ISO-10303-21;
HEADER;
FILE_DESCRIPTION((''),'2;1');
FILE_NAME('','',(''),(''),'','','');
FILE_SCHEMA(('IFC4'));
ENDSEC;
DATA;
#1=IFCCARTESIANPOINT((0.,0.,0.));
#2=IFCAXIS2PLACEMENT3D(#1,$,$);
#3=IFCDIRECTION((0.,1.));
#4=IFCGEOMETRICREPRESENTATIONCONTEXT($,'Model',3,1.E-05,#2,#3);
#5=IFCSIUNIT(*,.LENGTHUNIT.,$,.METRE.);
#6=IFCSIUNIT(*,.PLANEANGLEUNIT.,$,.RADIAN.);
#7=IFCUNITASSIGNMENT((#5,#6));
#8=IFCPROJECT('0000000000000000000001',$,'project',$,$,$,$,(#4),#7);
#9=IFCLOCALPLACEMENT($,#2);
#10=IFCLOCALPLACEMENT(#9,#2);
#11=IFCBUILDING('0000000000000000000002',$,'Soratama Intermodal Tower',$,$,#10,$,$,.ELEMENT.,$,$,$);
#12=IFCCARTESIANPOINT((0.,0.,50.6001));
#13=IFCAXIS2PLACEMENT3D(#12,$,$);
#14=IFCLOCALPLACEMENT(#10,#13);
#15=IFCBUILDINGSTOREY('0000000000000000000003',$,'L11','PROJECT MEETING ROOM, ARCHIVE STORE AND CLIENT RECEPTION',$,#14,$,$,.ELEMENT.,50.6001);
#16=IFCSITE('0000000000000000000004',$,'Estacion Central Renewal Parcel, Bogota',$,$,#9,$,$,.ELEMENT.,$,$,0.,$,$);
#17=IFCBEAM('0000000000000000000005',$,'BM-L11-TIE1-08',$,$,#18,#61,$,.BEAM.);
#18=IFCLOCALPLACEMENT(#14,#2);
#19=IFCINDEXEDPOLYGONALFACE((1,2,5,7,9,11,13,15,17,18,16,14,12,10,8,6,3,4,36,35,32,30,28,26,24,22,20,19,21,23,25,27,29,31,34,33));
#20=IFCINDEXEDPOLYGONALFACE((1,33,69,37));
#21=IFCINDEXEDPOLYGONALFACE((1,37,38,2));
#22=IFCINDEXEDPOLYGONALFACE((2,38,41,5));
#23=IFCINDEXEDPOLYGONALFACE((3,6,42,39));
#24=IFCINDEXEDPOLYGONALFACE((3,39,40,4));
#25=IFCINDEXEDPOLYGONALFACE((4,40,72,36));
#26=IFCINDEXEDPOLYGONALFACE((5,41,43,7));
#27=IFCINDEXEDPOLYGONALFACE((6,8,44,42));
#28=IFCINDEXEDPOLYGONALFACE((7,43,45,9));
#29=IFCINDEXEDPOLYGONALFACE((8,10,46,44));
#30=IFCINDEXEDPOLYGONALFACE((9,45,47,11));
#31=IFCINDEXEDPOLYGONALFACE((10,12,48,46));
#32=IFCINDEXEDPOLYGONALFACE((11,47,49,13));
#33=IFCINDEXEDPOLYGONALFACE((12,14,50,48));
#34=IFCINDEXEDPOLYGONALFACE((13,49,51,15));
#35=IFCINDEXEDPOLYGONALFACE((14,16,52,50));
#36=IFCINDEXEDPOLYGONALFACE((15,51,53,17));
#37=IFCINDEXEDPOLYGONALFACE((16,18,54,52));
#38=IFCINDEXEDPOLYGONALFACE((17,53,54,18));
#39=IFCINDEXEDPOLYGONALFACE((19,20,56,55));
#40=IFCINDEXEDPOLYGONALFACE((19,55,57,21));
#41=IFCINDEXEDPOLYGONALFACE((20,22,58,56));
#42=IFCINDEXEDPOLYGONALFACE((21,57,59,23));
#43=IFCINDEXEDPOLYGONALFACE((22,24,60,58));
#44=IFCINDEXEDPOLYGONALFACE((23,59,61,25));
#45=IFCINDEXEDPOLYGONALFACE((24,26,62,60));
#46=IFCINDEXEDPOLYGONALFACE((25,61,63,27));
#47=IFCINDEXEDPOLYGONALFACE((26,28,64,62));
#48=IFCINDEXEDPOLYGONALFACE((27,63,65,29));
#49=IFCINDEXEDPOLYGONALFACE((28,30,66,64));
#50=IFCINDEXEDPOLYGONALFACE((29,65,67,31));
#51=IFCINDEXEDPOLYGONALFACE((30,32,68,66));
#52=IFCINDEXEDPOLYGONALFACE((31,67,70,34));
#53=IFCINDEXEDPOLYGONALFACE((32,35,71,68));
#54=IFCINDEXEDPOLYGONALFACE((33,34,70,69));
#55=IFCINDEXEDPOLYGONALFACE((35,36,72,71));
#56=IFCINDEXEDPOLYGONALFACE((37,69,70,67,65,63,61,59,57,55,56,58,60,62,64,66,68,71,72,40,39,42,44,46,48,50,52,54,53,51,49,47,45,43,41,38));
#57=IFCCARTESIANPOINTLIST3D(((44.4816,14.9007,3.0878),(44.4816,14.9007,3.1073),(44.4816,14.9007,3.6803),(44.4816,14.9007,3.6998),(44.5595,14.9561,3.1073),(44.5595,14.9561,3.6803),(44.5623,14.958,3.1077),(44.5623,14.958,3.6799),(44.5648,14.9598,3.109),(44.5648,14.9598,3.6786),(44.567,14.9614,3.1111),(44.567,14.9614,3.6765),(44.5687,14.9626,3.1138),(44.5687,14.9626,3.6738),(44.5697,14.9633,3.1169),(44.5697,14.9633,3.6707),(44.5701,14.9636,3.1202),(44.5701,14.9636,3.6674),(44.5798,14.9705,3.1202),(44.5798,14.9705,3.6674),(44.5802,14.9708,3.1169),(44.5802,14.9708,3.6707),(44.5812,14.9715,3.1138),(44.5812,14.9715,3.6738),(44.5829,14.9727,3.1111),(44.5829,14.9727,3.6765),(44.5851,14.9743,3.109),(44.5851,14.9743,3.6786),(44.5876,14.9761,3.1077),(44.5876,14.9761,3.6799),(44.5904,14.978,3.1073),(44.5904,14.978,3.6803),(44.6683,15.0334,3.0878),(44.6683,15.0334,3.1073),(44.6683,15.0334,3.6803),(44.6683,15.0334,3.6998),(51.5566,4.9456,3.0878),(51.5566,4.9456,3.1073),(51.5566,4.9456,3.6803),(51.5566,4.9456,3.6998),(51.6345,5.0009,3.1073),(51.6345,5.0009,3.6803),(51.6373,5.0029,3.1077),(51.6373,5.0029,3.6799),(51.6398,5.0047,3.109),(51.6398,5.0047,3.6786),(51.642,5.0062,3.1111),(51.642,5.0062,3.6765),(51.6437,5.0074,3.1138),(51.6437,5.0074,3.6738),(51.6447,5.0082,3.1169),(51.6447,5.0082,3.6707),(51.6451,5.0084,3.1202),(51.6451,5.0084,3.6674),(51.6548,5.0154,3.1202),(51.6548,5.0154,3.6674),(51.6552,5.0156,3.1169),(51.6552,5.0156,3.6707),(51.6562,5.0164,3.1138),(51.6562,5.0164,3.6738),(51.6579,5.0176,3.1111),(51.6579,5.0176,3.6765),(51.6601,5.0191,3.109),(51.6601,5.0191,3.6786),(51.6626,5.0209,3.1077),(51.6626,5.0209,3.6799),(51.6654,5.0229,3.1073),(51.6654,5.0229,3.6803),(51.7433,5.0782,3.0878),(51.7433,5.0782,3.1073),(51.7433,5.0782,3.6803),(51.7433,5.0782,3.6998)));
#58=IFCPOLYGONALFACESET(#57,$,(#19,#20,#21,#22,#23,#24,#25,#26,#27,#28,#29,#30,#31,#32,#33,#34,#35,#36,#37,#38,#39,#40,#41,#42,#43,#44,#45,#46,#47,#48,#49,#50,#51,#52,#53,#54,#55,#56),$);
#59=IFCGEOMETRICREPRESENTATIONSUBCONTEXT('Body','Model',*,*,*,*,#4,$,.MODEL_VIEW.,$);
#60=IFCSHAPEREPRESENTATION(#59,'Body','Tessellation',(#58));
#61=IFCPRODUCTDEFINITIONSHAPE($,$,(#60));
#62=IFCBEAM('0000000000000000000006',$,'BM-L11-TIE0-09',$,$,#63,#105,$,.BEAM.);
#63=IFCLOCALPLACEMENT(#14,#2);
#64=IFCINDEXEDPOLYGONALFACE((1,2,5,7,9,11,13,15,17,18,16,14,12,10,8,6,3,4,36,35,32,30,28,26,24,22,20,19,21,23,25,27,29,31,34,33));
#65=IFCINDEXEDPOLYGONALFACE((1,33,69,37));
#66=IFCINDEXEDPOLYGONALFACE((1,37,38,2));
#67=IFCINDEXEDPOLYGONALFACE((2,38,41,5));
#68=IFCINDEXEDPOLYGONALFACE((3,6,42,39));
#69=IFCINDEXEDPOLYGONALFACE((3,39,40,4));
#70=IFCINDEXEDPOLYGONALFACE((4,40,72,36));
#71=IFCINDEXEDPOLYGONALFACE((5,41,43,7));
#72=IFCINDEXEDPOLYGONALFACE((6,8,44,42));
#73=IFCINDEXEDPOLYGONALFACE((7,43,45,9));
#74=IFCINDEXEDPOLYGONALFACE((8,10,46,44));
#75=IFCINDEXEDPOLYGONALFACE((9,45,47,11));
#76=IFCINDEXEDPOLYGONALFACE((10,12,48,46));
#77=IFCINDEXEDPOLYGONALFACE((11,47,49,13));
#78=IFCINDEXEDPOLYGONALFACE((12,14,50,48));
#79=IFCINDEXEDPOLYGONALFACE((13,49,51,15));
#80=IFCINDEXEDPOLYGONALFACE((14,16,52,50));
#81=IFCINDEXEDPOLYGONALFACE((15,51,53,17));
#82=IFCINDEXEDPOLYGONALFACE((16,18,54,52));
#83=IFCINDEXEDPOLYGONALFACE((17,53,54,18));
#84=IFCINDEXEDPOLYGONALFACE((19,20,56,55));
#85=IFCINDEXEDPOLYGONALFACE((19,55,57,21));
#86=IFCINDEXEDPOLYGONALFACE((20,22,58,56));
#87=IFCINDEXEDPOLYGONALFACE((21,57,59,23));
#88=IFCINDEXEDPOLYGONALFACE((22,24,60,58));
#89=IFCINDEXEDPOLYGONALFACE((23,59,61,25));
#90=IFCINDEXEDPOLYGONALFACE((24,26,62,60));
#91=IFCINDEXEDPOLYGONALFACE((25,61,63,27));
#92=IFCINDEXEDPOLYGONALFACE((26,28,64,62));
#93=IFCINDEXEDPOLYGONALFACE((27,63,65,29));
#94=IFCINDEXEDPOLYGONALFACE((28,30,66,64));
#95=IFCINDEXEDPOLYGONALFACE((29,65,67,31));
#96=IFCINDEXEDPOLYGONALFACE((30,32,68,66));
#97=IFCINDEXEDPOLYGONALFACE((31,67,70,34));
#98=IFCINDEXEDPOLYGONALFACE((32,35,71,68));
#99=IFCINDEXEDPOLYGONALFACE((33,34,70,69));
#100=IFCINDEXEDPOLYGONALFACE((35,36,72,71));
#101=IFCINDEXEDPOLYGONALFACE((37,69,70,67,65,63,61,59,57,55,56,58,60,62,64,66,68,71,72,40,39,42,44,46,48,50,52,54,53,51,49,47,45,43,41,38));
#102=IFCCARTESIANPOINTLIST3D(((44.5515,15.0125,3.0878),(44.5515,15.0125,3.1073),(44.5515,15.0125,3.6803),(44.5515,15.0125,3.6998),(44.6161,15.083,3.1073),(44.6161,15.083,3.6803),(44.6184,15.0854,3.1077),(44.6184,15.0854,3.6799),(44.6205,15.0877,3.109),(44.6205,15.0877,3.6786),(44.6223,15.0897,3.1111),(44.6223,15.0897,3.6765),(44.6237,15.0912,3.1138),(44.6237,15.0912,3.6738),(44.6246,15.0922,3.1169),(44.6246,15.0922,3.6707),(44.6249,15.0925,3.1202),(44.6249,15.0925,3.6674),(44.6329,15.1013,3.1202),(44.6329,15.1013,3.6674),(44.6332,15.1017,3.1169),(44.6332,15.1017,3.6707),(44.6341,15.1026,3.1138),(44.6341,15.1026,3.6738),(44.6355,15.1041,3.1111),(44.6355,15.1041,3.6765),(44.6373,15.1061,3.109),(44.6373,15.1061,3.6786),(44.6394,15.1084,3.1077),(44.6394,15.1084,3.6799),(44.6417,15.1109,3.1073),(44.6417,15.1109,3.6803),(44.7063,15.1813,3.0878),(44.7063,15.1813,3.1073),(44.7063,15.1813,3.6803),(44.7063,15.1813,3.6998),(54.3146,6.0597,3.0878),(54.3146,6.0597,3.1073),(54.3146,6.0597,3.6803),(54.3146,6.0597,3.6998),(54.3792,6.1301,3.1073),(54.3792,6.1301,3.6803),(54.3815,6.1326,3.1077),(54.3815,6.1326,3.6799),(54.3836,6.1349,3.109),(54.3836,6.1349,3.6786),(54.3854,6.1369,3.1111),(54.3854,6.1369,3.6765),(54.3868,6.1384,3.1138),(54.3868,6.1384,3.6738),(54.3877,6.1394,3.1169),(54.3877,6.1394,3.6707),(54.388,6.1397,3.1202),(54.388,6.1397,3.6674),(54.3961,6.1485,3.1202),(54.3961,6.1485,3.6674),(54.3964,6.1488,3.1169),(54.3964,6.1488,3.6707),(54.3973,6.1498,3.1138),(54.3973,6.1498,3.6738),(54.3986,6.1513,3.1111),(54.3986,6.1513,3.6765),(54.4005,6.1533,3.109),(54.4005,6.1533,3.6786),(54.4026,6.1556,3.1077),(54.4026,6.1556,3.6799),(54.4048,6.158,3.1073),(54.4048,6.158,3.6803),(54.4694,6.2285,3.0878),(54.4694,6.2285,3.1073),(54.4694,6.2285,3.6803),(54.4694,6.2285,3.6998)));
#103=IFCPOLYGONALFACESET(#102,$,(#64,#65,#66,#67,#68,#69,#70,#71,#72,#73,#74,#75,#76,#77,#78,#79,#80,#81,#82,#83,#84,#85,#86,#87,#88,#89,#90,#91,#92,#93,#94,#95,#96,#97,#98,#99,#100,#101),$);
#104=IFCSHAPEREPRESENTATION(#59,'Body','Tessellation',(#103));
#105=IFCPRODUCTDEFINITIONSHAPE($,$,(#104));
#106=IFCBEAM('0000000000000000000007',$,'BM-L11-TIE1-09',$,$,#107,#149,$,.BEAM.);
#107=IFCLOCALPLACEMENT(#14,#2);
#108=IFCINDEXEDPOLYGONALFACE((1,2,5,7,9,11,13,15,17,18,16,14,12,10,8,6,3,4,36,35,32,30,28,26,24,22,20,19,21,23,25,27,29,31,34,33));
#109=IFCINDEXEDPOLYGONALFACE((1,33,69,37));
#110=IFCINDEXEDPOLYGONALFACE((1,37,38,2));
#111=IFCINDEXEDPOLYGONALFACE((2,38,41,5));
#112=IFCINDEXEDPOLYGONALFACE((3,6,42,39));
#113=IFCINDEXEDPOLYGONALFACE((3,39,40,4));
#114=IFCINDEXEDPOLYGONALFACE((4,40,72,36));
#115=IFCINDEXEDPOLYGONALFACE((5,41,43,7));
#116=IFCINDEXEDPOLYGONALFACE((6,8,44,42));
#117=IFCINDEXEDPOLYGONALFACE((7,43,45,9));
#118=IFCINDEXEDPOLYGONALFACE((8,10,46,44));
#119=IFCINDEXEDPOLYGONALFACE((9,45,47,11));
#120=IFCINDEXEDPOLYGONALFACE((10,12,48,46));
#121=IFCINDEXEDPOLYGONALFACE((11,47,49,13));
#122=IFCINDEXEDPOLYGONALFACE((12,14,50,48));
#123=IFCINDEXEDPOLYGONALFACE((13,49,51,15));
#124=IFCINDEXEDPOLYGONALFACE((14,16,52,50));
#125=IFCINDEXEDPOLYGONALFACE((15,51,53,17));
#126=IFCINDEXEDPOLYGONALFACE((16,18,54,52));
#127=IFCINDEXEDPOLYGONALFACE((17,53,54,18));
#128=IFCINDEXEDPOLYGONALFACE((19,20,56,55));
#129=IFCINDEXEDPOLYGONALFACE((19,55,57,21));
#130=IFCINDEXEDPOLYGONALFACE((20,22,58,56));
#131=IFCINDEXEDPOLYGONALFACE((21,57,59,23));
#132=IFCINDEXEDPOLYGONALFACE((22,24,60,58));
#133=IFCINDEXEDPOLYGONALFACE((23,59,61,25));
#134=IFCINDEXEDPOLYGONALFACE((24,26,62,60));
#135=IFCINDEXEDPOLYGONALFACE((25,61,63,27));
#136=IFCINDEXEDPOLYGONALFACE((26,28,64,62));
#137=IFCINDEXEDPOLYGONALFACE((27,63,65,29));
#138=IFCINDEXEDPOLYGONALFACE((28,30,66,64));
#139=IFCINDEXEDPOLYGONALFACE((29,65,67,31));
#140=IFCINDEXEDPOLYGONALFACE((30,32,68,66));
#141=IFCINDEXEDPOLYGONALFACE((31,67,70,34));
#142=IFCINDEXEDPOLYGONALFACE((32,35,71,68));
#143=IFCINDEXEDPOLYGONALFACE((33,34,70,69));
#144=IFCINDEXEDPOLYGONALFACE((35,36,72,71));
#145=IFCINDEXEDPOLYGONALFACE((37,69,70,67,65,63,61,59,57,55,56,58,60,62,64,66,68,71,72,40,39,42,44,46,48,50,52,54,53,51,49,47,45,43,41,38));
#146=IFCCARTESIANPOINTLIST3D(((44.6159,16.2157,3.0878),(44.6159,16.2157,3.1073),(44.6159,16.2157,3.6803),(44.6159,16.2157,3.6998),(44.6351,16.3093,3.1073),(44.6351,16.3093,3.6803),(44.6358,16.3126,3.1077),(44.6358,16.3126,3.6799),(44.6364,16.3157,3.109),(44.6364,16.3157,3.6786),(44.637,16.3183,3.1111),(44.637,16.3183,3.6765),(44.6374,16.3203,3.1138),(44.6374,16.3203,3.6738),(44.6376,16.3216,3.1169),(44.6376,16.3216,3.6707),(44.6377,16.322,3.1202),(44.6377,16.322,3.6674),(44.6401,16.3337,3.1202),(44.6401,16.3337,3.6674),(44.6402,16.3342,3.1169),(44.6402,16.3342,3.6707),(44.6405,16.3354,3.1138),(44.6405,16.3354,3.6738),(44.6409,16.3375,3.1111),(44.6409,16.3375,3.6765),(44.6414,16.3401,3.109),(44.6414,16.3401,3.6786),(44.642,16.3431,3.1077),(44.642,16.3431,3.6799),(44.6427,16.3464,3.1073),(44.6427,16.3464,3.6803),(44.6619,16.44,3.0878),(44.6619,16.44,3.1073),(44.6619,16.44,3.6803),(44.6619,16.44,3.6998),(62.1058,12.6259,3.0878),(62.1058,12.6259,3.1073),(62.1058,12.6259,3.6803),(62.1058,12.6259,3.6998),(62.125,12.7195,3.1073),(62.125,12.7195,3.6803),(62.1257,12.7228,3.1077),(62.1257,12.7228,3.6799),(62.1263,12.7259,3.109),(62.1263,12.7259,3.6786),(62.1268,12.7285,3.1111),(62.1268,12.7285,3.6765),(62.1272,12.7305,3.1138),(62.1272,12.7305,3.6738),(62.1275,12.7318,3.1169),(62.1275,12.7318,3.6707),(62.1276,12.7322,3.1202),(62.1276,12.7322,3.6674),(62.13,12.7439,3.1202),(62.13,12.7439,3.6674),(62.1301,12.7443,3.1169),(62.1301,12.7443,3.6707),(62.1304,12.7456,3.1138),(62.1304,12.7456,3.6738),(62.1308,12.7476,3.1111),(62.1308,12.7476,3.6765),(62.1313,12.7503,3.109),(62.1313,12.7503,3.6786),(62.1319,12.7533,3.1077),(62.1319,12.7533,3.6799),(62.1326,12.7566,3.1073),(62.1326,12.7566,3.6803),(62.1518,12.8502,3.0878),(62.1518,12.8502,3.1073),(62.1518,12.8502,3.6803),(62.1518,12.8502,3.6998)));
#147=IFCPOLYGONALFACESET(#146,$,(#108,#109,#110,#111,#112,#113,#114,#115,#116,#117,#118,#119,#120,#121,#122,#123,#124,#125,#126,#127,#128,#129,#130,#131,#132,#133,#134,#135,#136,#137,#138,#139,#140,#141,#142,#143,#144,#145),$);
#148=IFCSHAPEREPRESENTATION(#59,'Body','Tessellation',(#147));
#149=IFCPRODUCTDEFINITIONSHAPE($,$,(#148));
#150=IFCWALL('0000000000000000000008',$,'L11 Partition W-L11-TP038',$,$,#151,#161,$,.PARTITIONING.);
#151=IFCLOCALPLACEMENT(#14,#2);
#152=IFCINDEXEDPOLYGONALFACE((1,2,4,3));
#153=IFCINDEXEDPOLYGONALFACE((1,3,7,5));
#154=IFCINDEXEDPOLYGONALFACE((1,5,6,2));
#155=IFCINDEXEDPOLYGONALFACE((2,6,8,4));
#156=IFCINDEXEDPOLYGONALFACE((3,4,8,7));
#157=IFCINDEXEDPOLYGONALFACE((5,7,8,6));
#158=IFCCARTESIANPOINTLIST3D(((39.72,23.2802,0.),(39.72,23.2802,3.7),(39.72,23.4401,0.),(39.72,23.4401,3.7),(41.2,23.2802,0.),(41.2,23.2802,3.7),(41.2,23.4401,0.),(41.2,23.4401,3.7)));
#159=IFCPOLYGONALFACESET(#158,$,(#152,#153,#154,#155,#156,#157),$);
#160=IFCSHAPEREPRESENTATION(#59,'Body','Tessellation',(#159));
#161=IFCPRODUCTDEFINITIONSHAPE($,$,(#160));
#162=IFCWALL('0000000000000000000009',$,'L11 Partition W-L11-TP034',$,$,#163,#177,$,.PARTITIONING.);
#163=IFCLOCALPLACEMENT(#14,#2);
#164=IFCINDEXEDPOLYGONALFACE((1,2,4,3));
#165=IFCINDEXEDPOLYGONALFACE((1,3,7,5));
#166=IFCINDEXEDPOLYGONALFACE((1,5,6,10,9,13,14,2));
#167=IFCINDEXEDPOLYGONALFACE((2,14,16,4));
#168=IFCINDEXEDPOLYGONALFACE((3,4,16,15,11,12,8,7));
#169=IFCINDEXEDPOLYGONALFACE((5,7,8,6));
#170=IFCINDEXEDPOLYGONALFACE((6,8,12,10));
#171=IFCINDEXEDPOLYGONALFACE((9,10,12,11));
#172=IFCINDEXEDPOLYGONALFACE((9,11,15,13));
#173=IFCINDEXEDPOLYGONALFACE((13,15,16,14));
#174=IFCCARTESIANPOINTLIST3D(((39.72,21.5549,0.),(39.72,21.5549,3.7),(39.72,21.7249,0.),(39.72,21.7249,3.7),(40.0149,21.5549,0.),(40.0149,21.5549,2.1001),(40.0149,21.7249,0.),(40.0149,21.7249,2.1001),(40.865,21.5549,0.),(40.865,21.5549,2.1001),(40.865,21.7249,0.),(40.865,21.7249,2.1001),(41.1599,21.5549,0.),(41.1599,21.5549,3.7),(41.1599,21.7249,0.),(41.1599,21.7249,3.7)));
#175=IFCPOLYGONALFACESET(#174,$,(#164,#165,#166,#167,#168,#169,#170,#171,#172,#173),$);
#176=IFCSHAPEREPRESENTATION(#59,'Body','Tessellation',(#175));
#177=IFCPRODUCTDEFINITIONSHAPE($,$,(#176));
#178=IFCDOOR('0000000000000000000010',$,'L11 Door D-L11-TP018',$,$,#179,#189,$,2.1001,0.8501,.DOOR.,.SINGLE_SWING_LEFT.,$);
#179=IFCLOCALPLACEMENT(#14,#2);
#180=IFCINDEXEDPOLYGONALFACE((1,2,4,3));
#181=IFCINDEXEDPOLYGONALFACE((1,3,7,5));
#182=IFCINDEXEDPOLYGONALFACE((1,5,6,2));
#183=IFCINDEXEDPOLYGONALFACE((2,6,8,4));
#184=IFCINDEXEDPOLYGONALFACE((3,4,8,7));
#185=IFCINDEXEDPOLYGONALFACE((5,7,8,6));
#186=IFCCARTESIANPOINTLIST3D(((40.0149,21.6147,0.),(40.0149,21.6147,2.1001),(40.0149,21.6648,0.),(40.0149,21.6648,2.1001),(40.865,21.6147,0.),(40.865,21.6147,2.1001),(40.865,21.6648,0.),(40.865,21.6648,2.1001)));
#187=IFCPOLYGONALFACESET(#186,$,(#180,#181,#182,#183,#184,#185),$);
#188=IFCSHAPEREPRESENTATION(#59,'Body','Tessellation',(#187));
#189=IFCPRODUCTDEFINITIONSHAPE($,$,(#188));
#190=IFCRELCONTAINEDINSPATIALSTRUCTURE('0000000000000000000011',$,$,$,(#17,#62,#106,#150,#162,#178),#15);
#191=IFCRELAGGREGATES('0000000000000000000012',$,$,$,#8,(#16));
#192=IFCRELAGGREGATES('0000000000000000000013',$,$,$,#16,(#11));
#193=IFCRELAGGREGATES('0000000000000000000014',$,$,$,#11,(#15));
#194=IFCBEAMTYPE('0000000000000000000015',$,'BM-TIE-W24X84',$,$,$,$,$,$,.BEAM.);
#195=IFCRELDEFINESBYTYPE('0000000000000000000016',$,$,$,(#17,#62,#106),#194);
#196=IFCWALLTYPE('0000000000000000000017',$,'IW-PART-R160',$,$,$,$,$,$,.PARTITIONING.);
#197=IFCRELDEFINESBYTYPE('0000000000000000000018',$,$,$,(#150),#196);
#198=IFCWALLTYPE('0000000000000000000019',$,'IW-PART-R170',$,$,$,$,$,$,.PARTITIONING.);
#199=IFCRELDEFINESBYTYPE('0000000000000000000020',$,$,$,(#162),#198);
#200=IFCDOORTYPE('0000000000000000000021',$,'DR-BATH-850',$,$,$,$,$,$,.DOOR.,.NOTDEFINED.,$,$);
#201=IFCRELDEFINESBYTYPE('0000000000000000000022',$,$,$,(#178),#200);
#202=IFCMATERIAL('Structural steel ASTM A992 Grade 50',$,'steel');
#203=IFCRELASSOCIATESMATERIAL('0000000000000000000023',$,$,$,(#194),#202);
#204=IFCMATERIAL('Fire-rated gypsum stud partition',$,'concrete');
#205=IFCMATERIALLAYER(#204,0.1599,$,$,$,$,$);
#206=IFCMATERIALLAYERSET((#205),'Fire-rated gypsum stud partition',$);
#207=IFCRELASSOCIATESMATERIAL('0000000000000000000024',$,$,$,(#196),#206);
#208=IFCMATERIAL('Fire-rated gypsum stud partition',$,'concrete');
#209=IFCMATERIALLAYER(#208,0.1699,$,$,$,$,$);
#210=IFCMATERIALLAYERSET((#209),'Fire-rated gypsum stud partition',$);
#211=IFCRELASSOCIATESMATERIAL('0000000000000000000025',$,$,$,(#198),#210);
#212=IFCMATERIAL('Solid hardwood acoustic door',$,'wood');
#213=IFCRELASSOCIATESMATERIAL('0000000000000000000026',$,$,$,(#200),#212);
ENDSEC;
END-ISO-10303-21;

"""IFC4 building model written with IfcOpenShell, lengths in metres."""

from ifc_helpers import new_model, si_unit, direction, frame, frame_2d, origin, origin_2d, place, context, subcontext, project, spatial, rectangle, i_section, extrude, material, layer, layer_set, material_profile, profile_set, type_object, element, fill, save


model = new_model("IFC4")

# Units and contexts
model_context = context("Model", 3, precision=1e-05, world=origin(), true_north=direction((0.0, 1.0)))
body_context = subcontext(model_context, "Body", "Model", "MODEL_VIEW")
ifc_project = project(units=[si_unit("LENGTHUNIT", "METRE"), si_unit("PLANEANGLEUNIT", "RADIAN")], contexts=[model_context])

# Site, building, storey
site_placement = place(None, origin())
site = spatial("IfcSite", under=ifc_project, at=site_placement, Name="Estacion Central Renewal Parcel, Bogota", CompositionType="ELEMENT", RefElevation=0.0)
building_placement = place(site_placement, origin())
building = spatial("IfcBuilding", under=site, at=building_placement, Name="Soratama Intermodal Tower", CompositionType="ELEMENT")
storey_placement = place(building_placement, frame((0.0, 0.0, 50.6001)))
storey = spatial("IfcBuildingStorey", under=building, at=storey_placement, Name="L11", Description="PROJECT MEETING ROOM, ARCHIVE STORE AND CLIENT RECEPTION", CompositionType="ELEMENT", Elevation=50.6001)

# Beams
ifc_material_1 = material(Name="Structural steel ASTM A992 Grade 50", Category="steel")
ifc_material_profile_1 = material_profile(ifc_material_1, i_section(OverallWidth=0.229, OverallDepth=0.6121, WebThickness=0.012, FlangeThickness=0.0195, FilletRadius=0.0129, at=origin_2d()), Name="W24X84")
ifc_profile_set_1 = profile_set([ifc_material_profile_1], Name="Structural steel ASTM A992 Grade 50")
beam_type_1 = type_object("IfcBeamType", Name="BM-TIE-W24X84", PredefinedType="BEAM", material=ifc_profile_set_1)
beam_1_placement = place(storey_placement, frame((44.575, 14.967, 3.3938), z_axis=(0.579295, -0.815118, 0.0), x_axis=(0.815118, 0.579295, 0.0)))
element("IfcBeam", 1, at=beam_1_placement, inside=storey, type_object=beam_type_1, Name="BM-L11-TIE1-08", PredefinedType="BEAM", context=body_context, shape_type="SweptSolid", body=[
    extrude(i_section(OverallWidth=0.229, OverallDepth=0.6121, WebThickness=0.012, FlangeThickness=0.0195, FilletRadius=0.0129, at=origin_2d()), origin(), (0.0, 0.0, 1.0), 12.2131),
])
beam_2_placement = place(storey_placement, frame((44.6289, 15.0969, 3.3938), z_axis=(0.73703, -0.67586, 0.0), x_axis=(0.67586, 0.73703, 0.0)))
element("IfcBeam", 2, at=beam_2_placement, inside=storey, type_object=beam_type_1, Name="BM-L11-TIE0-09", PredefinedType="BEAM", context=body_context, shape_type="SweptSolid", body=[
    extrude(i_section(OverallWidth=0.229, OverallDepth=0.6121, WebThickness=0.012, FlangeThickness=0.0195, FilletRadius=0.0129, at=origin_2d()), origin(), (0.0, 0.0, 1.0), 13.2466),
])
beam_3_placement = place(storey_placement, frame((44.6389, 16.3279, 3.3938), z_axis=(0.979579, -0.20106, 0.0), x_axis=(0.20106, 0.979579, 0.0)))
element("IfcBeam", 3, at=beam_3_placement, inside=storey, type_object=beam_type_1, Name="BM-L11-TIE1-09", PredefinedType="BEAM", context=body_context, shape_type="SweptSolid", body=[
    extrude(i_section(OverallWidth=0.229, OverallDepth=0.6121, WebThickness=0.012, FlangeThickness=0.0195, FilletRadius=0.0129, at=origin_2d()), origin(), (0.0, 0.0, 1.0), 17.8545),
])

# Wall
ifc_material_2 = material(Name="Fire-rated gypsum stud partition", Category="concrete")
ifc_layer_1 = layer(ifc_material_2, 0.1599)
ifc_layer_set_1 = layer_set([ifc_layer_1], Name="Fire-rated gypsum stud partition")
wall_type_1 = type_object("IfcWallType", Name="IW-PART-R160", PredefinedType="PARTITIONING", material=ifc_layer_set_1)
wall_1_placement = place(storey_placement, frame((41.2, 23.3601, 0.0), z_axis=(0.0, 0.0, 1.0), x_axis=(-1.0, 0.0, 0.0)))
element("IfcWall", 4, at=wall_1_placement, inside=storey, type_object=wall_type_1, Name="L11 Partition W-L11-TP038", PredefinedType="PARTITIONING", context=body_context, shape_type="SweptSolid", body=[
    extrude(rectangle(XDim=1.48, YDim=0.1599, at=frame_2d((0.74, 0.0))), origin(), (0.0, 0.0, 1.0), 3.7),
])

# Wall, opening, door
ifc_material_3 = material(Name="Fire-rated gypsum stud partition", Category="concrete")
ifc_layer_2 = layer(ifc_material_3, 0.1699)
ifc_layer_set_2 = layer_set([ifc_layer_2], Name="Fire-rated gypsum stud partition")
wall_type_2 = type_object("IfcWallType", Name="IW-PART-R170", PredefinedType="PARTITIONING", material=ifc_layer_set_2)
wall_2_placement = place(storey_placement, frame((39.72, 21.6399, 0.0), z_axis=(0.0, 0.0, 1.0), x_axis=(1.0, 0.0, 0.0)))
wall_2 = element("IfcWall", 5, at=wall_2_placement, inside=storey, type_object=wall_type_2, Name="L11 Partition W-L11-TP034", PredefinedType="PARTITIONING", context=body_context, shape_type="SweptSolid", body=[
    extrude(rectangle(XDim=1.4399, YDim=0.1699, at=frame_2d((0.72, 0.0))), origin(), (0.0, 0.0, 1.0), 3.7),
])
opening_1_placement = place(wall_2_placement, frame((0.2949, 0.0, 0.0)))
opening_1 = element("IfcOpeningElement", 6, at=opening_1_placement, cuts=wall_2, PredefinedType="OPENING", context=body_context, shape_type="SweptSolid", body=[
    extrude(rectangle(XDim=0.8501, YDim=2.1001, at=frame_2d((0.425, 1.05))), frame((0.0, 0.095, 0.0), z_axis=(0.0, -1.0, 0.0), x_axis=(1.0, 0.0, 0.0)), (0.0, 0.0, 1.0), 0.1899),
])
ifc_material_4 = material(Name="Solid hardwood acoustic door", Category="wood")
door_type_1 = type_object("IfcDoorType", Name="DR-BATH-850", OperationType="NOTDEFINED", PredefinedType="DOOR", material=ifc_material_4)
door_1_placement = place(opening_1_placement, origin())
door_1 = element("IfcDoor", 7, at=door_1_placement, inside=storey, type_object=door_type_1, Name="L11 Door D-L11-TP018", OperationType="SINGLE_SWING_LEFT", OverallHeight=2.1001, OverallWidth=0.8501, PredefinedType="DOOR", context=body_context, shape_type="SweptSolid", body=[
    extrude(rectangle(XDim=0.8501, YDim=2.1001, at=frame_2d((0.425, 1.05))), frame((0.0, 0.0249, 0.0), z_axis=(0.0, -1.0, 0.0), x_axis=(1.0, 0.0, 0.0)), (0.0, 0.0, 1.0), 0.05),
])
fill(opening_1, door_1)

save(model, "model.ifc")
